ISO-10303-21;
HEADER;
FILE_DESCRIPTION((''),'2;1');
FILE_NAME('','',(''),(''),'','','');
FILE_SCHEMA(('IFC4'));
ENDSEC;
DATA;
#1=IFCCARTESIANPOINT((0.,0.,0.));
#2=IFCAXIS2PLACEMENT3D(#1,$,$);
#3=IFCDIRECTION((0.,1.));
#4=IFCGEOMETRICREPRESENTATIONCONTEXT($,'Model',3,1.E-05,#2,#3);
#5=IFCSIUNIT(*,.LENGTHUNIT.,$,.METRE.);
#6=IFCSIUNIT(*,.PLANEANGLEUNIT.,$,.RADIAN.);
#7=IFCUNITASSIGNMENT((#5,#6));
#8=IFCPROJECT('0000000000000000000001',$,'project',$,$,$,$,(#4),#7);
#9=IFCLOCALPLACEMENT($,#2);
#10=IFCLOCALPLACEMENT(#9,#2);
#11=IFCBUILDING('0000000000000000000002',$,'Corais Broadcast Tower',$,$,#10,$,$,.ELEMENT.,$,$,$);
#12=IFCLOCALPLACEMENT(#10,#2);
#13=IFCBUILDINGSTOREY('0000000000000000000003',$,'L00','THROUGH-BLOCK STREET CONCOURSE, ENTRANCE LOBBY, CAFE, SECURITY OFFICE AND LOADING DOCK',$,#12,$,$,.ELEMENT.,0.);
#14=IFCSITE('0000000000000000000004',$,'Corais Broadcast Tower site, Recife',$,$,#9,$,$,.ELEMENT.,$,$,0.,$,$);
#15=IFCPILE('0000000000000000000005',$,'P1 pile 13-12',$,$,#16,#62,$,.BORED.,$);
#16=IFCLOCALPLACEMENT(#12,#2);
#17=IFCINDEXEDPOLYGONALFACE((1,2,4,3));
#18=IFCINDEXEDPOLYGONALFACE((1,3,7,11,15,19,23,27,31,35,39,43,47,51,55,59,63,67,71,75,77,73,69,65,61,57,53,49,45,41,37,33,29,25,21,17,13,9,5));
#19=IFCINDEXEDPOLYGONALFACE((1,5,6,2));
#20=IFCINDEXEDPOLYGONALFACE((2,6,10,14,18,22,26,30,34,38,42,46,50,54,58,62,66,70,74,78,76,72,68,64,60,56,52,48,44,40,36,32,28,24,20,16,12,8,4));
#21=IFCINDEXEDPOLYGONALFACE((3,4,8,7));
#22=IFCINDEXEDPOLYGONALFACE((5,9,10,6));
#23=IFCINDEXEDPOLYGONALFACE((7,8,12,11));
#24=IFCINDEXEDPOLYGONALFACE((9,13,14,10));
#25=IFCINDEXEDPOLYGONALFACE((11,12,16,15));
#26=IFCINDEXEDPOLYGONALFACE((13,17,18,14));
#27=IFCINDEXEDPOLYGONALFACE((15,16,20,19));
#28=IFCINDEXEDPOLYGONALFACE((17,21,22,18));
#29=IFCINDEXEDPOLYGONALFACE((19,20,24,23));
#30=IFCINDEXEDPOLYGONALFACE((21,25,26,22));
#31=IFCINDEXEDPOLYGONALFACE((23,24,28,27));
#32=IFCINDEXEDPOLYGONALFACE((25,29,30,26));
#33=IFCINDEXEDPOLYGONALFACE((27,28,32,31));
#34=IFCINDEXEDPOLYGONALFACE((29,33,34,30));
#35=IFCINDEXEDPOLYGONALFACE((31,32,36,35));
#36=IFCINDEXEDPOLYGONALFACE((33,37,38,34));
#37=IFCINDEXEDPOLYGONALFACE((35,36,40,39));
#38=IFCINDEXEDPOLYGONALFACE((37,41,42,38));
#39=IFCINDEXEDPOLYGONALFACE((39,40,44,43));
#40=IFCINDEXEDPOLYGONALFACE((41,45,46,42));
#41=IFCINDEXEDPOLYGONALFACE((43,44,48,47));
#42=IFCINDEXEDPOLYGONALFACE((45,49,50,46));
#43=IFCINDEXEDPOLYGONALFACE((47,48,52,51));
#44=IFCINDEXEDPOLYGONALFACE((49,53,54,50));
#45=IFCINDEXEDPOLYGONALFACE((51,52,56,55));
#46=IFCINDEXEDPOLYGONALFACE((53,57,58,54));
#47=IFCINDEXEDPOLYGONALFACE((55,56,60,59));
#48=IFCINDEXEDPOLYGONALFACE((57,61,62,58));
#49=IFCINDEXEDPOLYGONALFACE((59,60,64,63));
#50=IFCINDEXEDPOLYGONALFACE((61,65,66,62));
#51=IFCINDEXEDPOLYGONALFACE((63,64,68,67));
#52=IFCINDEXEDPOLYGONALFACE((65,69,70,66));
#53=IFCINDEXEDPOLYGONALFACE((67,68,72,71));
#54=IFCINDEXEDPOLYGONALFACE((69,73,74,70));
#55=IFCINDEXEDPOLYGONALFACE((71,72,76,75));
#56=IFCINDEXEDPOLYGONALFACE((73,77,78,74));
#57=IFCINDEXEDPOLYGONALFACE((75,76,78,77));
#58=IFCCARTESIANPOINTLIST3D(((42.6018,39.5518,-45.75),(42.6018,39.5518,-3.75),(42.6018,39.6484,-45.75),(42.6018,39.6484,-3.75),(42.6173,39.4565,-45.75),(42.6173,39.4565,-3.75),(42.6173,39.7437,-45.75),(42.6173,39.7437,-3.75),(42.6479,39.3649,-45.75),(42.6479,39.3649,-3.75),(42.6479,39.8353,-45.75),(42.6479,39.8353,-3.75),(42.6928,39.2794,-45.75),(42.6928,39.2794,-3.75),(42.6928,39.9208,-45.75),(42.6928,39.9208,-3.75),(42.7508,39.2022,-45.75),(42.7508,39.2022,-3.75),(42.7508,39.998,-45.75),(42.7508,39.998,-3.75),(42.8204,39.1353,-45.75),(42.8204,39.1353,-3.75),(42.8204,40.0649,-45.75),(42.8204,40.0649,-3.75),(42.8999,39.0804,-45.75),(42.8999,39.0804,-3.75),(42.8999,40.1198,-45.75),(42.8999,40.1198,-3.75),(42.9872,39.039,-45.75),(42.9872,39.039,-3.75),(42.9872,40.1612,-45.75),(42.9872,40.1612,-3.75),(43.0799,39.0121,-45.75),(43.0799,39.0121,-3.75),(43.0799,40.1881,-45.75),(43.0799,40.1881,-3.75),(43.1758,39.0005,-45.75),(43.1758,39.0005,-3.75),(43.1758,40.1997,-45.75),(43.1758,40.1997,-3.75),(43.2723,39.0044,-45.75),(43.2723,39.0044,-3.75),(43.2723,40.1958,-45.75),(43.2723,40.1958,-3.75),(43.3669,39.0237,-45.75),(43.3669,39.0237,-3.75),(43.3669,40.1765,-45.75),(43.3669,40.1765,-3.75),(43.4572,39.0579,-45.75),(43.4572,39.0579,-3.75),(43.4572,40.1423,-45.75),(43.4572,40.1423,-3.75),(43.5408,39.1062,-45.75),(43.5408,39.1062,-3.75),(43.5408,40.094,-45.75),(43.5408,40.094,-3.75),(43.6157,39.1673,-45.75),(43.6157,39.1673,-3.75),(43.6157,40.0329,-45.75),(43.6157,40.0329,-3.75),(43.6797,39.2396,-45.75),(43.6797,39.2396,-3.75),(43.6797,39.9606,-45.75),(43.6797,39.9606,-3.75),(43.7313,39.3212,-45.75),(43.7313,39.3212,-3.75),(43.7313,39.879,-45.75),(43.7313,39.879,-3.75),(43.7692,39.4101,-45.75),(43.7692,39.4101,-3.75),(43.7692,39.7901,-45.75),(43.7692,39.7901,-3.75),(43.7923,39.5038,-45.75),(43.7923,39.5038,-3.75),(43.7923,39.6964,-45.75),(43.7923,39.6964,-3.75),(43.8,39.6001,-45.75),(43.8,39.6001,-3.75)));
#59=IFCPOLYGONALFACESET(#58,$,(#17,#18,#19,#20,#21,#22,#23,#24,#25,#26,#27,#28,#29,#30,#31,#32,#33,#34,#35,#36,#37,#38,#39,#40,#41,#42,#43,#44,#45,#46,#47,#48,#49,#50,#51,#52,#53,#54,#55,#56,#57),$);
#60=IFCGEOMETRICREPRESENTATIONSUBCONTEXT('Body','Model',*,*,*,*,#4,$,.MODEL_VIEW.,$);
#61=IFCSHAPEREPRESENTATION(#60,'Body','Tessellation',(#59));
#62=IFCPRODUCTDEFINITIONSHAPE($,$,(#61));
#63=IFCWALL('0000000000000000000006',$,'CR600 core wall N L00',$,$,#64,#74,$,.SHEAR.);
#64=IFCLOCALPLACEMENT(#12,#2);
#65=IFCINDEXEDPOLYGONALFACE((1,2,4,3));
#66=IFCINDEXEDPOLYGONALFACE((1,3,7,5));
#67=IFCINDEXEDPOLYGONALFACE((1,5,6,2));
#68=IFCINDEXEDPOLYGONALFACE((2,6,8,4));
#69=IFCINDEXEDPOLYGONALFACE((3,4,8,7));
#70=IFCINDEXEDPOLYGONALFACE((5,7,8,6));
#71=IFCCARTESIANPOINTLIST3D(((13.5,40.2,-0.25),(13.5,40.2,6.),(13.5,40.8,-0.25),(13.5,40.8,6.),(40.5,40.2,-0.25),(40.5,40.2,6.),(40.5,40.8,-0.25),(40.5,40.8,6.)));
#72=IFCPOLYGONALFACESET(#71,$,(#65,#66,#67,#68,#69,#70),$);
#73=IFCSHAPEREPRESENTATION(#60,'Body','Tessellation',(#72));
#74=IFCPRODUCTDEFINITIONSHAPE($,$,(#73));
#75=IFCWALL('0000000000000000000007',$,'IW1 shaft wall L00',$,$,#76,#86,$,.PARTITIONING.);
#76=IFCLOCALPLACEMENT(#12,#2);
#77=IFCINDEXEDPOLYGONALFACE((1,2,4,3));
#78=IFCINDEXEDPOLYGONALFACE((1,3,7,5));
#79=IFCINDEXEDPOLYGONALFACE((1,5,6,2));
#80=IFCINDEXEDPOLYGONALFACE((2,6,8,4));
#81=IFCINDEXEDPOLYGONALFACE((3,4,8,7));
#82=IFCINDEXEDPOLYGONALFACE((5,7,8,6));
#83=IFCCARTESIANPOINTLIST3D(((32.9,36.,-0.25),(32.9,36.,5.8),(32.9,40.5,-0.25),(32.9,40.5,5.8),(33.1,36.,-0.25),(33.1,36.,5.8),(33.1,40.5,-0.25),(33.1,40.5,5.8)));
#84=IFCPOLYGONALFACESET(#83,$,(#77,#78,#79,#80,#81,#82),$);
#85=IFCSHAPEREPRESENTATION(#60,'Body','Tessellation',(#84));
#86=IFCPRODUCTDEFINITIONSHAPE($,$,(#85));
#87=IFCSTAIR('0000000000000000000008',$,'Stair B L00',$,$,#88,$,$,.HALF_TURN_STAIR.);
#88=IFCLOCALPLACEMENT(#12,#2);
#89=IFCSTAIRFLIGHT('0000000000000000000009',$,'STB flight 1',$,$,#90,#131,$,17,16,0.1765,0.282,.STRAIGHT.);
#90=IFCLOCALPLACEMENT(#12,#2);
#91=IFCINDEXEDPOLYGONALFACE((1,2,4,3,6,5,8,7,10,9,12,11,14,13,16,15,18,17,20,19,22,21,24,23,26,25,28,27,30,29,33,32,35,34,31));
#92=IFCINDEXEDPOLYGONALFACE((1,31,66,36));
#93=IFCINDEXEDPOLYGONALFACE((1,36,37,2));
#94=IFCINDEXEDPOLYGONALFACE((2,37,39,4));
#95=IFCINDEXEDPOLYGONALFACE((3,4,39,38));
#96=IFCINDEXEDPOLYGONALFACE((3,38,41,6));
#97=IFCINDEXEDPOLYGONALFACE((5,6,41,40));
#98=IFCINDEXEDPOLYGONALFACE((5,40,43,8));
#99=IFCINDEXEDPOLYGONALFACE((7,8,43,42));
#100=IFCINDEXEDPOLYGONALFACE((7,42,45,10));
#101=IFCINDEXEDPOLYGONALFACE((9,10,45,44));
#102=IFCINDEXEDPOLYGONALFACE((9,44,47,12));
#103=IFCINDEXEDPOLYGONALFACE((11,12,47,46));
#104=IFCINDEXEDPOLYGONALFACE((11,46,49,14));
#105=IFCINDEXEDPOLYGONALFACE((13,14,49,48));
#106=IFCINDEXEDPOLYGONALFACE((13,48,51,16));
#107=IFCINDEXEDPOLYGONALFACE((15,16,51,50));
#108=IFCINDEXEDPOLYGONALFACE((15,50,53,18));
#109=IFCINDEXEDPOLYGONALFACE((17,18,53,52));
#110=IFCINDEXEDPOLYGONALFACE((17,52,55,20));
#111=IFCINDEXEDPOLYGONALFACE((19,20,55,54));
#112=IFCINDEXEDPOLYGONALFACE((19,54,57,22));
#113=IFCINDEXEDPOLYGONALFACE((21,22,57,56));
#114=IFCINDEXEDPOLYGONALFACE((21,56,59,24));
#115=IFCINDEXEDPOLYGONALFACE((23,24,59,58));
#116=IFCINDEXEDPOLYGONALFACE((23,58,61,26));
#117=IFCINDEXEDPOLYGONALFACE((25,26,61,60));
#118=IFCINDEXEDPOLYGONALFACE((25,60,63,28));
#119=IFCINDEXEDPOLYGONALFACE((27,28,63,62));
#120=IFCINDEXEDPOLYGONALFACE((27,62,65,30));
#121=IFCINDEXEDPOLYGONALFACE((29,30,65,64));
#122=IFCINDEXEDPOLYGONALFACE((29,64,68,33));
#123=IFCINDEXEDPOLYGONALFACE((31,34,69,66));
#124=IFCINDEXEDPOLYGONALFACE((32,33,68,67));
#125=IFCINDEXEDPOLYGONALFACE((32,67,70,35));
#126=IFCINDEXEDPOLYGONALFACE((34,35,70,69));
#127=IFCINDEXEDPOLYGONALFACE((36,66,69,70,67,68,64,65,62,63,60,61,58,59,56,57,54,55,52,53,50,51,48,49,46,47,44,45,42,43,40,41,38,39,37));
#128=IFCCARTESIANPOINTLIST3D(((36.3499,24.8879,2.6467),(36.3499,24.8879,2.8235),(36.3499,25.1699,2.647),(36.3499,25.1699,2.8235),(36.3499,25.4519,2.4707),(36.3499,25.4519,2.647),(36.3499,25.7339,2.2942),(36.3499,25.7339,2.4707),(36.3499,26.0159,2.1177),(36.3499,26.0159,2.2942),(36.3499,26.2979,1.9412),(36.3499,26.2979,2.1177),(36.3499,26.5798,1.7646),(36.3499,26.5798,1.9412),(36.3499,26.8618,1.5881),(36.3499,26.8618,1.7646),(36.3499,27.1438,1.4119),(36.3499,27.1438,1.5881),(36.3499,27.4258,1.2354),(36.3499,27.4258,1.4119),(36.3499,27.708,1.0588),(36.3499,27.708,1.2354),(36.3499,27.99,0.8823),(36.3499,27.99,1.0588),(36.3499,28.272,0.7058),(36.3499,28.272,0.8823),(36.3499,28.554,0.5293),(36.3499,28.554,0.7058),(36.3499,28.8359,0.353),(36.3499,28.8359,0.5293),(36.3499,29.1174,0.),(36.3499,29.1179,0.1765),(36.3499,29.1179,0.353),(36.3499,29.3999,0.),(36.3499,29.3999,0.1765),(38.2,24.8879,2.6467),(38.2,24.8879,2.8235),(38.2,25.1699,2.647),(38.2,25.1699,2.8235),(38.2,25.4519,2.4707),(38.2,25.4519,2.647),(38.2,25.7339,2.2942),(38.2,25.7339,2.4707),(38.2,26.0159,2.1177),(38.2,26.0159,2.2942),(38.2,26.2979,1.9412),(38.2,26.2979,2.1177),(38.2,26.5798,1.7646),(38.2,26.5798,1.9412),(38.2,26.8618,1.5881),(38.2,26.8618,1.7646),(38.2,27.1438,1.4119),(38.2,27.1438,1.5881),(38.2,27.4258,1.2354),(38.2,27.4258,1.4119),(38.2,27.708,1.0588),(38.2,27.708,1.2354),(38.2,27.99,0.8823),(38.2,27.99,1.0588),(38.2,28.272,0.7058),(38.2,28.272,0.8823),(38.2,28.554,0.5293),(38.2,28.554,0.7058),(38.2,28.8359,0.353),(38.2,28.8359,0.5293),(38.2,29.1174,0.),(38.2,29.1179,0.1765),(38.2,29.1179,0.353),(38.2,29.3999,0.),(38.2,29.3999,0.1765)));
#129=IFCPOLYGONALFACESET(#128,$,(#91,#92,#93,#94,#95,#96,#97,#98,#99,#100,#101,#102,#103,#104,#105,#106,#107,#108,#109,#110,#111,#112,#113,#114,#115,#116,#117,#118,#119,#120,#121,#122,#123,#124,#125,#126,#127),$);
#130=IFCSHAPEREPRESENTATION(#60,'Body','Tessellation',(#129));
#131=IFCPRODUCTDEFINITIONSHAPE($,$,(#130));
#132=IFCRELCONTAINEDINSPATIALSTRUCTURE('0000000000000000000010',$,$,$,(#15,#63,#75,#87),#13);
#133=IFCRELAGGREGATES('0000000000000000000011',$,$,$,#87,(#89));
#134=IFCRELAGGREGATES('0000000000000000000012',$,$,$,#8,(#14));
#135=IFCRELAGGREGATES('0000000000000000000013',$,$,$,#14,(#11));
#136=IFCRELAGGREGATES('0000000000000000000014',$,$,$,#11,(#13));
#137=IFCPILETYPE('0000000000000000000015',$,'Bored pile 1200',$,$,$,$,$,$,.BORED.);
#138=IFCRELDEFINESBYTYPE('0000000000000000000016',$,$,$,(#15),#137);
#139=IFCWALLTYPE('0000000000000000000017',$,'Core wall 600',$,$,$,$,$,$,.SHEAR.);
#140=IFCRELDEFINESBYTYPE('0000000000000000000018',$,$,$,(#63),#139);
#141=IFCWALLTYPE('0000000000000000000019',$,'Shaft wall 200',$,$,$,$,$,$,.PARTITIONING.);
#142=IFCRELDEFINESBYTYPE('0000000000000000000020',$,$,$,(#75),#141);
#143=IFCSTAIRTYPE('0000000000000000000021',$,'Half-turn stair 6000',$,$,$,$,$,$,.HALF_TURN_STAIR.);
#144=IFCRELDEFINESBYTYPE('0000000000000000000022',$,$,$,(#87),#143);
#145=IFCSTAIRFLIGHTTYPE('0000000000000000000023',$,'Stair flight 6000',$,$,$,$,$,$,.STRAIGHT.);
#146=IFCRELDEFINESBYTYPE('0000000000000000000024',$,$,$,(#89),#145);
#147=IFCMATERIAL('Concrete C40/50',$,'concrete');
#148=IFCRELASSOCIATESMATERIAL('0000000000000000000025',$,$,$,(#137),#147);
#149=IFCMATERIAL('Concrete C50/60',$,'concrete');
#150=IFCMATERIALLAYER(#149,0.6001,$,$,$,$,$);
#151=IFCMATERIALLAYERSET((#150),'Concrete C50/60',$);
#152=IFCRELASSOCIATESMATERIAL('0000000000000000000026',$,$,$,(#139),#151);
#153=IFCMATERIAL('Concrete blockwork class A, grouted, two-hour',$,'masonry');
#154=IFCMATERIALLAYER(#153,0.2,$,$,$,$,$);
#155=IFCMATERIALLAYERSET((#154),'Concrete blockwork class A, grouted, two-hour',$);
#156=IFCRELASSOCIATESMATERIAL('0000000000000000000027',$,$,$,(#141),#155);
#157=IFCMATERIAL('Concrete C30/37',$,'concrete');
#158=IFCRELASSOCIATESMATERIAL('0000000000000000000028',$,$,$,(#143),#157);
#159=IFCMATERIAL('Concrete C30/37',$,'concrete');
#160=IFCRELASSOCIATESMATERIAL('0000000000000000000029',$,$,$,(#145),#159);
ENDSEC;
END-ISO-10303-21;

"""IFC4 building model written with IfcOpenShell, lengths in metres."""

from ifc_helpers import new_model, si_unit, direction, frame, frame_2d, origin, origin_2d, place, context, subcontext, project, spatial, polyline, rectangle, circle, outline, extrude, material, layer, layer_set, type_object, element, aggregate, save


model = new_model("IFC4")

# Units and contexts
model_context = context("Model", 3, precision=1e-05, world=origin(), true_north=direction((0.0, 1.0)))
body_context = subcontext(model_context, "Body", "Model", "MODEL_VIEW")
ifc_project = project(units=[si_unit("LENGTHUNIT", "METRE"), si_unit("PLANEANGLEUNIT", "RADIAN")], contexts=[model_context])

# Site, building, storey
site_placement = place(None, origin())
site = spatial("IfcSite", under=ifc_project, at=site_placement, Name="Corais Broadcast Tower site, Recife", CompositionType="ELEMENT", RefElevation=0.0)
building_placement = place(site_placement, origin())
building = spatial("IfcBuilding", under=site, at=building_placement, Name="Corais Broadcast Tower", CompositionType="ELEMENT")
storey_placement = place(building_placement, origin())
storey = spatial("IfcBuildingStorey", under=building, at=storey_placement, Name="L00", Description="THROUGH-BLOCK STREET CONCOURSE, ENTRANCE LOBBY, CAFE, SECURITY OFFICE AND LOADING DOCK", CompositionType="ELEMENT", Elevation=0.0)

# Pile
ifc_material_1 = material(Name="Concrete C40/50", Category="concrete")
pile_type = type_object("IfcPileType", Name="Bored pile 1200", PredefinedType="BORED", material=ifc_material_1)
for number, where, z_axis, x_axis, name in (
    (1, (43.2, 39.6001, -3.75), (0.0, 0.0, -1.0), (1.0, 0.0, 0.0), "P1 pile 13-12"),
):
    element("IfcPile", number, at=place(storey_placement, frame(where, z_axis=z_axis, x_axis=x_axis)), inside=storey, type_object=pile_type, Name=name, PredefinedType="BORED", context=body_context, shape_type="SweptSolid", body=[
        extrude(circle(Radius=0.6001, at=origin_2d()), origin(), (0.0, 0.0, 1.0), 42.0),
    ])

# Walls
ifc_material_2 = material(Name="Concrete C50/60", Category="concrete")
ifc_layer_1 = layer(ifc_material_2, 0.6001)
ifc_layer_set_1 = layer_set([ifc_layer_1], Name="Concrete C50/60")
wall_type_1 = type_object("IfcWallType", Name="Core wall 600", PredefinedType="SHEAR", material=ifc_layer_set_1)
wall_1_placement = place(storey_placement, frame((40.5, 40.5, -0.25), z_axis=(0.0, 0.0, 1.0), x_axis=(-1.0, 0.0, 0.0)))
element("IfcWall", 2, at=wall_1_placement, inside=storey, type_object=wall_type_1, Name="CR600 core wall N L00", PredefinedType="SHEAR", context=body_context, shape_type="SweptSolid", body=[
    extrude(rectangle(XDim=27.0, YDim=0.6001, at=frame_2d((13.5, 0.0))), origin(), (0.0, 0.0, 1.0), 6.25),
])
ifc_material_3 = material(Name="Concrete blockwork class A, grouted, two-hour", Category="masonry")
ifc_layer_2 = layer(ifc_material_3, 0.2)
ifc_layer_set_2 = layer_set([ifc_layer_2], Name="Concrete blockwork class A, grouted, two-hour")
wall_type_2 = type_object("IfcWallType", Name="Shaft wall 200", PredefinedType="PARTITIONING", material=ifc_layer_set_2)
wall_2_placement = place(storey_placement, frame((33.0, 36.0, -0.25), z_axis=(0.0, 0.0, 1.0), x_axis=(0.0, 1.0, 0.0)))
element("IfcWall", 3, at=wall_2_placement, inside=storey, type_object=wall_type_2, Name="IW1 shaft wall L00", PredefinedType="PARTITIONING", context=body_context, shape_type="SweptSolid", body=[
    extrude(rectangle(XDim=4.5, YDim=0.2, at=frame_2d((2.25, 0.0))), origin(), (0.0, 0.0, 1.0), 6.05),
])

# Stair, stair flight
ifc_material_4 = material(Name="Concrete C30/37", Category="concrete")
stair_type = type_object("IfcStairType", Name="Half-turn stair 6000", PredefinedType="HALF_TURN_STAIR", material=ifc_material_4)
stair_placement = place(storey_placement, origin())
stair = element("IfcStair", 4, at=stair_placement, inside=storey, type_object=stair_type, Name="Stair B L00", PredefinedType="HALF_TURN_STAIR")
ifc_material_5 = material(Name="Concrete C30/37", Category="concrete")
stair_flight_type = type_object("IfcStairFlightType", Name="Stair flight 6000", PredefinedType="STRAIGHT", material=ifc_material_5)
stair_flight_placement = place(storey_placement, frame((37.2749, 29.3999, 0.0), z_axis=(0.0, 0.0, 1.0), x_axis=(0.0, -1.0, 0.0)))
stair_flight = element("IfcStairFlight", 5, at=stair_flight_placement, type_object=stair_flight_type, Name="STB flight 1", NumberOfRisers=17, NumberOfTreads=16, PredefinedType="STRAIGHT", RiserHeight=0.1765, TreadLength=0.282, context=body_context, shape_type="SweptSolid", body=[
    extrude(outline(polyline([(0.0, 0.0), (0.0, 0.1765), (0.282, 0.1765), (0.282, 0.353), (0.564, 0.353), (0.564, 0.5293), (0.8459, 0.5293), (0.8459, 0.7058), (1.1279, 0.7058), (1.1279, 0.8823), (1.4099, 0.8823), (1.4099, 1.0588), (1.6919, 1.0588), (1.6919, 1.2354), (1.9741, 1.2354), (1.9741, 1.4119), (2.2561, 1.4119), (2.2561, 1.5881), (2.5381, 1.5881), (2.5381, 1.7646), (2.8201, 1.7646), (2.8201, 1.9412), (3.1021, 1.9412), (3.1021, 2.1177), (3.384, 2.1177), (3.384, 2.2942), (3.666, 2.2942), (3.666, 2.4707), (3.948, 2.4707), (3.948, 2.647), (4.23, 2.647), (4.23, 2.8235), (4.512, 2.8235), (4.512, 3.0), (4.512, 2.6467), (0.2825, 0.0), (0.0, 0.0)])), frame((0.0, 0.925, 0.0), z_axis=(0.0, -1.0, 0.0), x_axis=(1.0, 0.0, 0.0)), (0.0, 0.0, 1.0), 1.8501),
])
aggregate(stair, [stair_flight])

save(model, "model.ifc")
